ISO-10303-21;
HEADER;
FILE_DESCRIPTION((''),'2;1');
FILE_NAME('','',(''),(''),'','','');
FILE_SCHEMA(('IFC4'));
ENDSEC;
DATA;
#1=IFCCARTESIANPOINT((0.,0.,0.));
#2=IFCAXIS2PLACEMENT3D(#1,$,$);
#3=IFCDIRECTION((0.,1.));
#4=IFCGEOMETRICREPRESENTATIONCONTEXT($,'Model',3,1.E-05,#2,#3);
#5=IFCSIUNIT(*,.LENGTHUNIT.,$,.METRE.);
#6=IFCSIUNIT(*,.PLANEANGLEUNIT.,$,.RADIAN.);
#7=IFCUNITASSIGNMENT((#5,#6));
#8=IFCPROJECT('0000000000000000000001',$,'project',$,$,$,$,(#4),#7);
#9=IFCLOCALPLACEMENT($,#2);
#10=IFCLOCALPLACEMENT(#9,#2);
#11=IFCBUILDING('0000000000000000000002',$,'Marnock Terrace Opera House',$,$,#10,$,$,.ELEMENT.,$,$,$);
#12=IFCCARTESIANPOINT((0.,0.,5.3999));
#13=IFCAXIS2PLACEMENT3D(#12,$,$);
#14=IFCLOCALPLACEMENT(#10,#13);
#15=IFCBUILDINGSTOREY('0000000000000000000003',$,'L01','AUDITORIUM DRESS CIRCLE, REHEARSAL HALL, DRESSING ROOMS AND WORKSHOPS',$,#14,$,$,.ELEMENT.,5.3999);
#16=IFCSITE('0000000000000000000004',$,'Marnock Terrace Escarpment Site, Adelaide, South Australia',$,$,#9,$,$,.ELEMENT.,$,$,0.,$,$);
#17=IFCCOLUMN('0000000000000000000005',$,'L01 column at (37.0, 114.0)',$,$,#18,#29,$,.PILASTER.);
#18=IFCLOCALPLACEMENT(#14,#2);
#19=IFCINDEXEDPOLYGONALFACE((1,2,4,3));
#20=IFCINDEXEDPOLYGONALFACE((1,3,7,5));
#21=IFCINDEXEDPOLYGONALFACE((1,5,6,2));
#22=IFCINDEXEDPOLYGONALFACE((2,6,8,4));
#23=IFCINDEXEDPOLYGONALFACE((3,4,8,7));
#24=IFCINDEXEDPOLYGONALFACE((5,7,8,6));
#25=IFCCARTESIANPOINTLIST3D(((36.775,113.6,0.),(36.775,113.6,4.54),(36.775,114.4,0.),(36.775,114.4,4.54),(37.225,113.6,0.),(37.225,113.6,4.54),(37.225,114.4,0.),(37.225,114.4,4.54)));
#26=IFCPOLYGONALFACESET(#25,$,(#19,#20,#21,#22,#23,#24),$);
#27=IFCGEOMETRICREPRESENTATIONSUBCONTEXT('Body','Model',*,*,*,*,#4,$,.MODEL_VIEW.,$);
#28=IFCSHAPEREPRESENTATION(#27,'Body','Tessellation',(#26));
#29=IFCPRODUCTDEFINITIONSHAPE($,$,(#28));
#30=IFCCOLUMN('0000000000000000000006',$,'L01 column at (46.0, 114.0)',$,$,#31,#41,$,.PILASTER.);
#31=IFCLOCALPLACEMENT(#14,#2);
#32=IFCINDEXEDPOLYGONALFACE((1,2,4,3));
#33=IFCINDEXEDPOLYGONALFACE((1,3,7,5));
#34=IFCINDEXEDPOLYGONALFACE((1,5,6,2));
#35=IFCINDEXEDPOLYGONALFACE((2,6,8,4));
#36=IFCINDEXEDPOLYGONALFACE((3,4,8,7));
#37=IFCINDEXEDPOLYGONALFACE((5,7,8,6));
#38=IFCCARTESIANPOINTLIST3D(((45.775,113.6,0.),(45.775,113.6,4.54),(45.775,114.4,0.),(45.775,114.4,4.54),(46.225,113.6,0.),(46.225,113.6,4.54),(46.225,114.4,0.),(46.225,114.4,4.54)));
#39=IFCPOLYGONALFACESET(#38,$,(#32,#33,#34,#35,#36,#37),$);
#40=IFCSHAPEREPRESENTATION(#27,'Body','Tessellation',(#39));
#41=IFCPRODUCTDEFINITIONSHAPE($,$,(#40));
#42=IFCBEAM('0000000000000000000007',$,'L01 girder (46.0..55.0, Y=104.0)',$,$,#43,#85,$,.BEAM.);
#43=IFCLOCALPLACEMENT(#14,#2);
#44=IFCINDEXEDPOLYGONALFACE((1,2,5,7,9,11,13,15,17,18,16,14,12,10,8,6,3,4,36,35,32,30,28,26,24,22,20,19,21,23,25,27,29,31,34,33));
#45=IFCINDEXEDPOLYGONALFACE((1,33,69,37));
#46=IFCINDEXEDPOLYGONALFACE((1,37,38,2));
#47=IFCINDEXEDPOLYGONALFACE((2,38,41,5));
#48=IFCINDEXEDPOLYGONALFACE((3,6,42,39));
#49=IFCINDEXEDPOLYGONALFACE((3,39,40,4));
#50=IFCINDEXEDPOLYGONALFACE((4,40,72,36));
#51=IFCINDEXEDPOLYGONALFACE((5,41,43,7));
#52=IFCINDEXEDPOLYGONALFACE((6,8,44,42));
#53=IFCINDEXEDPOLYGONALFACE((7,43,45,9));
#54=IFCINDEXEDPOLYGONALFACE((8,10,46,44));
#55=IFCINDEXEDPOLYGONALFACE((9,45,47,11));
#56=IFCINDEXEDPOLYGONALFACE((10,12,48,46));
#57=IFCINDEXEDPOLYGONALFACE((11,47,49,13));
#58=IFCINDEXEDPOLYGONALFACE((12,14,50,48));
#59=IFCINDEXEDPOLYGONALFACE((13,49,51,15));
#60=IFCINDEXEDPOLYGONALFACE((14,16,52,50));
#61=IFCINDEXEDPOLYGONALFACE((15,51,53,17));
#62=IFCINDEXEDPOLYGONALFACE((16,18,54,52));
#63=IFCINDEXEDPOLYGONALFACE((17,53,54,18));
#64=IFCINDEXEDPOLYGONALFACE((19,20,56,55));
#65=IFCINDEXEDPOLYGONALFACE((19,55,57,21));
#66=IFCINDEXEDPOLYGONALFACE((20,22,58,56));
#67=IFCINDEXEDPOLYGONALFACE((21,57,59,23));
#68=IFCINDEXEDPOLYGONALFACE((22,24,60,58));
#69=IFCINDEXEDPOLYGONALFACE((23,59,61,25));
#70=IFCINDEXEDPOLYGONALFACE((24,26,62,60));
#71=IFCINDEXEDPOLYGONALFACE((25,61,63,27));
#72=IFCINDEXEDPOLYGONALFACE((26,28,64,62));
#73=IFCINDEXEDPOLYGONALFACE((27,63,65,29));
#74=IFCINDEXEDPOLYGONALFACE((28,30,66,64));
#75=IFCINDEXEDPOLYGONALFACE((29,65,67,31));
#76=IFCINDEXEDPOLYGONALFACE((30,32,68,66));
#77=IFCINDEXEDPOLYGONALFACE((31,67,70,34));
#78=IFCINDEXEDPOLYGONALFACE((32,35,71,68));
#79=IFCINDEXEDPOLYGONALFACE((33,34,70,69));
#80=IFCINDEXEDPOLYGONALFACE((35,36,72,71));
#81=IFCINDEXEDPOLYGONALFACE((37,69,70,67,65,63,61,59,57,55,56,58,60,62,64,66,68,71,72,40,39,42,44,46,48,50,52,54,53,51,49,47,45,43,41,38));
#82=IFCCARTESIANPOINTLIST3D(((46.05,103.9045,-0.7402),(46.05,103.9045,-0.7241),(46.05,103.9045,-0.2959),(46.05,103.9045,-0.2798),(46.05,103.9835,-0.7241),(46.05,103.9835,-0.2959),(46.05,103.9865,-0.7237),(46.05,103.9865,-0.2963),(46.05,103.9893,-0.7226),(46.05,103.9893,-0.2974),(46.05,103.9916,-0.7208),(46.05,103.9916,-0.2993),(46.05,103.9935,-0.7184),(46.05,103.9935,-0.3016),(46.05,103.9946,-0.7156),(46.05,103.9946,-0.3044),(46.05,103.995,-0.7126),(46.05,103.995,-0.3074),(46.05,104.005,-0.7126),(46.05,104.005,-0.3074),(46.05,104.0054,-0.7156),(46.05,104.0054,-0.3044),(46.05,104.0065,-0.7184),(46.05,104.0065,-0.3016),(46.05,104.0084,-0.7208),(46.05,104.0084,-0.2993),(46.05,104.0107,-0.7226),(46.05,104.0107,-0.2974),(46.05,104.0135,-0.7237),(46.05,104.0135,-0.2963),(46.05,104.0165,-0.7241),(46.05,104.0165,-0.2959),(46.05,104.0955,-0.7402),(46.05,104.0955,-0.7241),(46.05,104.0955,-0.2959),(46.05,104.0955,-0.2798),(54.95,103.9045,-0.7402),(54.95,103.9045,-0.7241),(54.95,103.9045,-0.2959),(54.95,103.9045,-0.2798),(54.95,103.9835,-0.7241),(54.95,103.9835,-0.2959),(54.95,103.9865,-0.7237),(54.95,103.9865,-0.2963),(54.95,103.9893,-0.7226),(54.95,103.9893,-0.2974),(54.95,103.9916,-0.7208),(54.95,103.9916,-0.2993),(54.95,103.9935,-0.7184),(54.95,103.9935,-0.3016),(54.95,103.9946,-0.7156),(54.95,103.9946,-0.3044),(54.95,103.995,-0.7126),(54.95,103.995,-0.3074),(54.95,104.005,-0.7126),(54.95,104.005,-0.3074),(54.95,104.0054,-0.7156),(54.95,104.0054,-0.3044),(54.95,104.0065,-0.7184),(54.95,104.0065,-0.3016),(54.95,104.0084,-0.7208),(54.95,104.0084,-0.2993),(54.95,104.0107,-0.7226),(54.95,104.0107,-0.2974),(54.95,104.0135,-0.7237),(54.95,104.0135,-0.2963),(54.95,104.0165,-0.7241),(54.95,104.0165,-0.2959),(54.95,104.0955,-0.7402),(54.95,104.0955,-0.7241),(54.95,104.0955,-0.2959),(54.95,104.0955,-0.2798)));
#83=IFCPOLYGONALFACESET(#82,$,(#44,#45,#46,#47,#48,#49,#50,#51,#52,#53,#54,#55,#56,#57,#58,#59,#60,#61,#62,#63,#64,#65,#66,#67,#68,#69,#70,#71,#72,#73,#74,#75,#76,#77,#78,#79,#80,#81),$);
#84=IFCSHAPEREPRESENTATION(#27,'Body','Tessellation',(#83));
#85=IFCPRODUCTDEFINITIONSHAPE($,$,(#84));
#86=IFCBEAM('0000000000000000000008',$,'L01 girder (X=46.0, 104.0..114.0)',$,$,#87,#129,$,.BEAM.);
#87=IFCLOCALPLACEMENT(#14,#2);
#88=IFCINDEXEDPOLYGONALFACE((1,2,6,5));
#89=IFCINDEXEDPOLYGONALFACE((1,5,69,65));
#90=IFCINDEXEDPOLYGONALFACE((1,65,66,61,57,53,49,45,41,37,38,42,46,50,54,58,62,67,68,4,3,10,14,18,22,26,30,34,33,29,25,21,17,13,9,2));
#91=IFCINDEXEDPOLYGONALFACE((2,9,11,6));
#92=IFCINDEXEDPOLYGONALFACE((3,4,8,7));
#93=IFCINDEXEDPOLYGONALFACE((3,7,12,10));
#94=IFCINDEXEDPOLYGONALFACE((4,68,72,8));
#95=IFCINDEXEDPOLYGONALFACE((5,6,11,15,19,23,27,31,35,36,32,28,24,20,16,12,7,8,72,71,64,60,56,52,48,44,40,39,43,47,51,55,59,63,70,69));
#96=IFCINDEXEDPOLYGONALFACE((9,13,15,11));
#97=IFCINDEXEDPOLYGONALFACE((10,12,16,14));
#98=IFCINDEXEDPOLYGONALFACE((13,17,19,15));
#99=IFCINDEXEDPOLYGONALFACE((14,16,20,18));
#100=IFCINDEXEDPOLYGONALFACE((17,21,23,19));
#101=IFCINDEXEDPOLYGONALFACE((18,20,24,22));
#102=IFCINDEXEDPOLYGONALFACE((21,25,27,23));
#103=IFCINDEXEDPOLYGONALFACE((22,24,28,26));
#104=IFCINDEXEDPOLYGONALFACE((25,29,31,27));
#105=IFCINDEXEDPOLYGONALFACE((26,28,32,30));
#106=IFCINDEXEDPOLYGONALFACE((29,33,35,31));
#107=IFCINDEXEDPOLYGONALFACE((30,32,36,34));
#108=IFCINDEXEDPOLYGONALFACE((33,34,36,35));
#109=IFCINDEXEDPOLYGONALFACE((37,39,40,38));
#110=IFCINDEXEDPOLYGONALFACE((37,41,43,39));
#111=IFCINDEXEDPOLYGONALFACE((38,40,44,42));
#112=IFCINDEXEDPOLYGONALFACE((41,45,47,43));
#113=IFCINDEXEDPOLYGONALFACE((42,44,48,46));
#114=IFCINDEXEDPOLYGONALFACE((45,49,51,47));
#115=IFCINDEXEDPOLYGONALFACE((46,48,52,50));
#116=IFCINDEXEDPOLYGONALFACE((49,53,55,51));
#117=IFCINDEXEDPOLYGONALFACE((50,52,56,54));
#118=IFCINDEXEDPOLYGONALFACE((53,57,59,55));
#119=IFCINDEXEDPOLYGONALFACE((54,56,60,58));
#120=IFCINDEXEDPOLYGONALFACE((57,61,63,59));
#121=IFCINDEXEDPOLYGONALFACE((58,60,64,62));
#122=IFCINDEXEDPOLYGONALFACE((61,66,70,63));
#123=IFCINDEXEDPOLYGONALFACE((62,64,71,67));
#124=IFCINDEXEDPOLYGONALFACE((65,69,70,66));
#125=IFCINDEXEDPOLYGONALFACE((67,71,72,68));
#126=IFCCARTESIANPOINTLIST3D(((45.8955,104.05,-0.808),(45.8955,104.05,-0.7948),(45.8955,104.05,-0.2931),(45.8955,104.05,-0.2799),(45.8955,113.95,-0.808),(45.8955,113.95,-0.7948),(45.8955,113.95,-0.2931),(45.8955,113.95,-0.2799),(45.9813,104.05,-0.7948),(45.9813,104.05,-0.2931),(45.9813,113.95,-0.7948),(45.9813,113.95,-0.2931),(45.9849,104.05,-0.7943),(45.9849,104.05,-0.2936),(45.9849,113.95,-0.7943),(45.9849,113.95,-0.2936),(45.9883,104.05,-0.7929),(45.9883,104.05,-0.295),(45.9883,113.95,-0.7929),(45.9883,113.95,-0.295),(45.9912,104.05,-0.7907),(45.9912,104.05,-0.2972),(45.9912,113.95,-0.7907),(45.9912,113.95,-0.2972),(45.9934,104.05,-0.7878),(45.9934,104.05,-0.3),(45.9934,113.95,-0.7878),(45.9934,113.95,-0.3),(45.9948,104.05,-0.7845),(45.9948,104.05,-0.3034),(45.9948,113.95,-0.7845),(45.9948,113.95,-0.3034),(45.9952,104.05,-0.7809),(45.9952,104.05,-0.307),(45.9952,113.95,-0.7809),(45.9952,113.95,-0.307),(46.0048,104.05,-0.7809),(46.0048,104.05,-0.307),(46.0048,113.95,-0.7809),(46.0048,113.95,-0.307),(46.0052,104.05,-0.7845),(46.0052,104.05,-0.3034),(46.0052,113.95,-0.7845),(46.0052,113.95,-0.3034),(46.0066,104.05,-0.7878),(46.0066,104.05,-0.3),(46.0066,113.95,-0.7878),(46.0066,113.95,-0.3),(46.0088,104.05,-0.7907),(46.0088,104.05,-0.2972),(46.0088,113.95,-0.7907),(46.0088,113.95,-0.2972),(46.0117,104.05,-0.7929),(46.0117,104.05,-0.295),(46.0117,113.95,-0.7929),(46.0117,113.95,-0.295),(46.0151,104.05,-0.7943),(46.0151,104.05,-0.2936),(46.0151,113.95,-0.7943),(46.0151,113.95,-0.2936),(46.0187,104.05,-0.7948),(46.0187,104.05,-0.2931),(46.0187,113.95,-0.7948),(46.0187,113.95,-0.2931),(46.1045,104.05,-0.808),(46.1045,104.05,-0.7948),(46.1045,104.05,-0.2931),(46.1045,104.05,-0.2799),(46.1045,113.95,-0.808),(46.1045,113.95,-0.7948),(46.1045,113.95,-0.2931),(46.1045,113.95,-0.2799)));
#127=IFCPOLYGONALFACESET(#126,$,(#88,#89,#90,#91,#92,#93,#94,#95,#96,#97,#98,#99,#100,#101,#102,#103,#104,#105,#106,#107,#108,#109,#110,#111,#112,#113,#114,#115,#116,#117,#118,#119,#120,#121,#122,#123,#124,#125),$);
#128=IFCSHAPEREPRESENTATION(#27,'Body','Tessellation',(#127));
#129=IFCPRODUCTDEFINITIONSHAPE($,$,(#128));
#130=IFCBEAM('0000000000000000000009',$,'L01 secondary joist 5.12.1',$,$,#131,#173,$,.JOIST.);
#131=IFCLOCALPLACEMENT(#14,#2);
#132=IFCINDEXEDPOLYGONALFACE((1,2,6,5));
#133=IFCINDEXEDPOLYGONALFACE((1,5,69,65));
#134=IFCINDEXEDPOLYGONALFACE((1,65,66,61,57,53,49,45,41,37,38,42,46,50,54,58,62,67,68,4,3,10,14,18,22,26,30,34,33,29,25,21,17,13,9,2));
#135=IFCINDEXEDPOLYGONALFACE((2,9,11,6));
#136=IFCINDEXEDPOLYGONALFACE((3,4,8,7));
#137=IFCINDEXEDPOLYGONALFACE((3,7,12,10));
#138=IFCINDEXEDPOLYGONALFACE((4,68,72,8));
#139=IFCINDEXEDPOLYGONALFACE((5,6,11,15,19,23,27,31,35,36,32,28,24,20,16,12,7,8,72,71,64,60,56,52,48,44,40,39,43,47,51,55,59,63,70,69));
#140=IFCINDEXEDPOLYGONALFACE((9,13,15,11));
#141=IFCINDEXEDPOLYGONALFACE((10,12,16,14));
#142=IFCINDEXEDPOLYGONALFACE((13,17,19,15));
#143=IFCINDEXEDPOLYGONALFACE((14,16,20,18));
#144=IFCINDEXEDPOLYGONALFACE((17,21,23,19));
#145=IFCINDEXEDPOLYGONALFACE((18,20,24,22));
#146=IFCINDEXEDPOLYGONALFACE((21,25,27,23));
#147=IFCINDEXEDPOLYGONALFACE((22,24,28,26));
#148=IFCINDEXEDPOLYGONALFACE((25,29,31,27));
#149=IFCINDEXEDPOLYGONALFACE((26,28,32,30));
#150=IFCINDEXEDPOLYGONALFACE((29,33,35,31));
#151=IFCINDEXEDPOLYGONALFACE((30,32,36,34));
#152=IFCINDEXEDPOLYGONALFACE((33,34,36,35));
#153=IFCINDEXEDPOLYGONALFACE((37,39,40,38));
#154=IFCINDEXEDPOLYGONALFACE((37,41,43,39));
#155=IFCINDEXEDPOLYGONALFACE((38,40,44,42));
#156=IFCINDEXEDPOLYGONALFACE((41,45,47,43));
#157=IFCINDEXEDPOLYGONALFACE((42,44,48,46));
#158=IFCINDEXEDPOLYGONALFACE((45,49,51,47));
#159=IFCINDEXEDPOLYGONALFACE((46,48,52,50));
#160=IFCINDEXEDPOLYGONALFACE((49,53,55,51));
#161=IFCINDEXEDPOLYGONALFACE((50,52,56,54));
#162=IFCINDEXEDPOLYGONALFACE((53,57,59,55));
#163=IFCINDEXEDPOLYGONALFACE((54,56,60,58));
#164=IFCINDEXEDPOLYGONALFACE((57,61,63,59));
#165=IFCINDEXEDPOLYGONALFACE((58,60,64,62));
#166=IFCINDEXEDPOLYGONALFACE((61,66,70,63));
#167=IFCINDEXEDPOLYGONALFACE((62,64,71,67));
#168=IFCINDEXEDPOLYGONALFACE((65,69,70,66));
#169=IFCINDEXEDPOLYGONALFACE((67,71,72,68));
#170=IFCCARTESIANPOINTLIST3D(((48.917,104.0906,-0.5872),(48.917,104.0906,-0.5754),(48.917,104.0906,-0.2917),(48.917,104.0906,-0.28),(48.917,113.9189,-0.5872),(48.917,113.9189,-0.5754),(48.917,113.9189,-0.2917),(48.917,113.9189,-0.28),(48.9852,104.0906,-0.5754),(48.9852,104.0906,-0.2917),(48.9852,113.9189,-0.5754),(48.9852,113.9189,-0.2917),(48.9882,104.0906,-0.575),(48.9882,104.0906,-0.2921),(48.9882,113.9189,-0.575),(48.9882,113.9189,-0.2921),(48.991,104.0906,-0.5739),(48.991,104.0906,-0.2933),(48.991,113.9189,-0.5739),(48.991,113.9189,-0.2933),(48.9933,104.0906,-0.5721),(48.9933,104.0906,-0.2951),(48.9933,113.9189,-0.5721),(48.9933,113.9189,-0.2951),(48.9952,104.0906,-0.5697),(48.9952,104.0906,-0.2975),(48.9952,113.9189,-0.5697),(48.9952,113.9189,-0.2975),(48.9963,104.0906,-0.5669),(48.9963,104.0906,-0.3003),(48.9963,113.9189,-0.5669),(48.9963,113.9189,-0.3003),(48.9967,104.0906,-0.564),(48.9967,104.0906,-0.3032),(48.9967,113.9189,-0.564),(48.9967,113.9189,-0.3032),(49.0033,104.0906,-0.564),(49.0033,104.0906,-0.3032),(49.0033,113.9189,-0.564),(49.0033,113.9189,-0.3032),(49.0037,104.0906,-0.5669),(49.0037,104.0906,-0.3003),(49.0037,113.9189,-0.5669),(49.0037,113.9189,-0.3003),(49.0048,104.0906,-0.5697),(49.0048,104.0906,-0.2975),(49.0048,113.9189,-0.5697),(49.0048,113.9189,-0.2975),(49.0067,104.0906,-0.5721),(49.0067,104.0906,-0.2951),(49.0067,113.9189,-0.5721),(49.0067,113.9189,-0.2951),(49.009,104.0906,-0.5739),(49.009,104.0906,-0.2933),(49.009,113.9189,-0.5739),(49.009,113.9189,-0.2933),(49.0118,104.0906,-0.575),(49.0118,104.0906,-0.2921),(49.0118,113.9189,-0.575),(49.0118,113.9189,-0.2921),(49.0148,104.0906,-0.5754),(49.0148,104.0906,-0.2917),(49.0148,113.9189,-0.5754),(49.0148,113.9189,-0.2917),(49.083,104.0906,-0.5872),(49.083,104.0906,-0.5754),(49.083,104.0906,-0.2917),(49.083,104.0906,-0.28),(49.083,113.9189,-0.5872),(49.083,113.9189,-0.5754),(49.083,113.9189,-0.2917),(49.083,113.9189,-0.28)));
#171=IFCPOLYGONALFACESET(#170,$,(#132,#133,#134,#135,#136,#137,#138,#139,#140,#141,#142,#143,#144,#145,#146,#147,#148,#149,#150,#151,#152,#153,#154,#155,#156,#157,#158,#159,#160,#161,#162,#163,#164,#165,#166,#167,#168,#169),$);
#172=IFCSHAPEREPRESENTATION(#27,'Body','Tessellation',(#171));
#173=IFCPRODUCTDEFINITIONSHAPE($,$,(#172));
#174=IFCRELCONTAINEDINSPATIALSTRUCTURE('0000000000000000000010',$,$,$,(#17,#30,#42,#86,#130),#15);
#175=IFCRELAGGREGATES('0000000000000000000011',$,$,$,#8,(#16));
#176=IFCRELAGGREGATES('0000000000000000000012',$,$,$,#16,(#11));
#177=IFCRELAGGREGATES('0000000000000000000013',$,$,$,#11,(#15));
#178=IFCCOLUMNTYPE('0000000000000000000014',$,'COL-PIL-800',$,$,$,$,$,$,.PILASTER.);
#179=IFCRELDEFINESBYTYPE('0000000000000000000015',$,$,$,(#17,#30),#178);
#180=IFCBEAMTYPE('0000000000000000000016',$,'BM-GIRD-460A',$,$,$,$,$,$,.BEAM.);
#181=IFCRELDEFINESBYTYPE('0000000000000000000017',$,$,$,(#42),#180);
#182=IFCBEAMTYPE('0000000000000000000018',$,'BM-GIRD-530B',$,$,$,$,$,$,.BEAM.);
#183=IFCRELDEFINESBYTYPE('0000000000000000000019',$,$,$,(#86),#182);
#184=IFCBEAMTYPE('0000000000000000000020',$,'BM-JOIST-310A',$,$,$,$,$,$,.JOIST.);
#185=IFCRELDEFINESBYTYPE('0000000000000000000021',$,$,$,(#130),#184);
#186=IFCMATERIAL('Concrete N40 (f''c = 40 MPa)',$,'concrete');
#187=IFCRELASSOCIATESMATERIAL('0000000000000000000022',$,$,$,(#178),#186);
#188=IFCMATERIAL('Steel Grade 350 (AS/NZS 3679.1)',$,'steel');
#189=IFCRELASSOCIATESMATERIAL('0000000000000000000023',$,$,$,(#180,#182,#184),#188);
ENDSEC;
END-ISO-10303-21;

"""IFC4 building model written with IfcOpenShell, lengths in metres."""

from ifc_helpers import new_model, si_unit, direction, frame, origin, origin_2d, place, context, subcontext, project, spatial, rectangle, i_section, extrude, material, material_profile, profile_set, type_object, element, save


model = new_model("IFC4")

# Units and contexts
model_context = context("Model", 3, precision=1e-05, world=origin(), true_north=direction((0.0, 1.0)))
body_context = subcontext(model_context, "Body", "Model", "MODEL_VIEW")
ifc_project = project(units=[si_unit("LENGTHUNIT", "METRE"), si_unit("PLANEANGLEUNIT", "RADIAN")], contexts=[model_context])

# Site, building, storey
site_placement = place(None, origin())
site = spatial("IfcSite", under=ifc_project, at=site_placement, Name="Marnock Terrace Escarpment Site, Adelaide, South Australia", CompositionType="ELEMENT", RefElevation=0.0)
building_placement = place(site_placement, origin())
building = spatial("IfcBuilding", under=site, at=building_placement, Name="Marnock Terrace Opera House", CompositionType="ELEMENT")
storey_placement = place(building_placement, frame((0.0, 0.0, 5.3999)))
storey = spatial("IfcBuildingStorey", under=building, at=storey_placement, Name="L01", Description="AUDITORIUM DRESS CIRCLE, REHEARSAL HALL, DRESSING ROOMS AND WORKSHOPS", CompositionType="ELEMENT", Elevation=5.3999)

# Columns
ifc_material_1 = material(Name="Concrete N40 (f'c = 40 MPa)", Category="concrete")
ifc_material_profile_1 = material_profile(ifc_material_1, rectangle(XDim=0.45, YDim=0.8, at=origin_2d()))
ifc_profile_set_1 = profile_set([ifc_material_profile_1], Name="Concrete N40 (f'c = 40 MPa)")
column_type = type_object("IfcColumnType", Name="COL-PIL-800", PredefinedType="PILASTER", material=ifc_profile_set_1)
for number, where, z_axis, x_axis, name in (
    (1, (37.0, 114.0, 0.0), (0.0, 0.0, 1.0), (1.0, 0.0, 0.0), "L01 column at (37.0, 114.0)"),
    (2, (46.0, 114.0, 0.0), (0.0, 0.0, 1.0), (1.0, 0.0, 0.0), "L01 column at (46.0, 114.0)"),
):
    element("IfcColumn", number, at=place(storey_placement, frame(where, z_axis=z_axis, x_axis=x_axis)), inside=storey, type_object=column_type, Name=name, PredefinedType="PILASTER", context=body_context, shape_type="SweptSolid", body=[
        extrude(rectangle(XDim=0.45, YDim=0.8, at=origin_2d()), origin(), (0.0, 0.0, 1.0), 4.54),
    ])

# Beams
ifc_material_2 = material(Name="Steel Grade 350 (AS/NZS 3679.1)", Category="steel")
ifc_material_profile_2 = material_profile(ifc_material_2, i_section(OverallWidth=0.1909, OverallDepth=0.4604, WebThickness=0.01, FlangeThickness=0.0161, FilletRadius=0.0115, at=origin_2d()))
ifc_profile_set_2 = profile_set([ifc_material_profile_2], Name="Steel Grade 350 (AS/NZS 3679.1)")
beam_type_1 = type_object("IfcBeamType", Name="BM-GIRD-460A", PredefinedType="BEAM", material=ifc_profile_set_2)
beam_1_placement = place(storey_placement, frame((46.05, 104.0, -0.51), z_axis=(1.0, 0.0, 0.0), x_axis=(0.0, 1.0, 0.0)))
element("IfcBeam", 3, at=beam_1_placement, inside=storey, type_object=beam_type_1, Name="L01 girder (46.0..55.0, Y=104.0)", PredefinedType="BEAM", context=body_context, shape_type="SweptSolid", body=[
    extrude(i_section(OverallWidth=0.1909, OverallDepth=0.4604, WebThickness=0.01, FlangeThickness=0.0161, FilletRadius=0.0115, at=origin_2d()), origin(), (0.0, 0.0, 1.0), 8.8999),
])
ifc_material_profile_3 = material_profile(ifc_material_2, i_section(OverallWidth=0.209, OverallDepth=0.5281, WebThickness=0.0095, FlangeThickness=0.0132, FilletRadius=0.0139, at=origin_2d()))
ifc_profile_set_3 = profile_set([ifc_material_profile_3], Name="Steel Grade 350 (AS/NZS 3679.1)")
beam_type_2 = type_object("IfcBeamType", Name="BM-GIRD-530B", PredefinedType="BEAM", material=ifc_profile_set_3)
beam_2_placement = place(storey_placement, frame((46.0, 104.05, -0.5439), z_axis=(0.0, 1.0, 0.0), x_axis=(-1.0, 0.0, 0.0)))
element("IfcBeam", 4, at=beam_2_placement, inside=storey, type_object=beam_type_2, Name="L01 girder (X=46.0, 104.0..114.0)", PredefinedType="BEAM", context=body_context, shape_type="SweptSolid", body=[
    extrude(i_section(OverallWidth=0.209, OverallDepth=0.5281, WebThickness=0.0095, FlangeThickness=0.0132, FilletRadius=0.0139, at=origin_2d()), origin(), (0.0, 0.0, 1.0), 9.8999),
])
ifc_material_profile_4 = material_profile(ifc_material_2, i_section(OverallWidth=0.166, OverallDepth=0.3071, WebThickness=0.0066, FlangeThickness=0.0117, FilletRadius=0.0115, at=origin_2d()))
ifc_profile_set_4 = profile_set([ifc_material_profile_4], Name="Steel Grade 350 (AS/NZS 3679.1)")
beam_type_3 = type_object("IfcBeamType", Name="BM-JOIST-310A", PredefinedType="JOIST", material=ifc_profile_set_4)
for number, where, z_axis, x_axis, name in (
    (5, (49.0, 104.0906, -0.4336), (0.0, 1.0, 0.0), (-1.0, 0.0, 0.0), "L01 secondary joist 5.12.1"),
):
    element("IfcBeam", number, at=place(storey_placement, frame(where, z_axis=z_axis, x_axis=x_axis)), inside=storey, type_object=beam_type_3, Name=name, PredefinedType="JOIST", context=body_context, shape_type="SweptSolid", body=[
        extrude(i_section(OverallWidth=0.166, OverallDepth=0.3071, WebThickness=0.0066, FlangeThickness=0.0117, FilletRadius=0.0115, at=origin_2d()), origin(), (0.0, 0.0, 1.0), 9.8284),
    ])

save(model, "model.ifc")
